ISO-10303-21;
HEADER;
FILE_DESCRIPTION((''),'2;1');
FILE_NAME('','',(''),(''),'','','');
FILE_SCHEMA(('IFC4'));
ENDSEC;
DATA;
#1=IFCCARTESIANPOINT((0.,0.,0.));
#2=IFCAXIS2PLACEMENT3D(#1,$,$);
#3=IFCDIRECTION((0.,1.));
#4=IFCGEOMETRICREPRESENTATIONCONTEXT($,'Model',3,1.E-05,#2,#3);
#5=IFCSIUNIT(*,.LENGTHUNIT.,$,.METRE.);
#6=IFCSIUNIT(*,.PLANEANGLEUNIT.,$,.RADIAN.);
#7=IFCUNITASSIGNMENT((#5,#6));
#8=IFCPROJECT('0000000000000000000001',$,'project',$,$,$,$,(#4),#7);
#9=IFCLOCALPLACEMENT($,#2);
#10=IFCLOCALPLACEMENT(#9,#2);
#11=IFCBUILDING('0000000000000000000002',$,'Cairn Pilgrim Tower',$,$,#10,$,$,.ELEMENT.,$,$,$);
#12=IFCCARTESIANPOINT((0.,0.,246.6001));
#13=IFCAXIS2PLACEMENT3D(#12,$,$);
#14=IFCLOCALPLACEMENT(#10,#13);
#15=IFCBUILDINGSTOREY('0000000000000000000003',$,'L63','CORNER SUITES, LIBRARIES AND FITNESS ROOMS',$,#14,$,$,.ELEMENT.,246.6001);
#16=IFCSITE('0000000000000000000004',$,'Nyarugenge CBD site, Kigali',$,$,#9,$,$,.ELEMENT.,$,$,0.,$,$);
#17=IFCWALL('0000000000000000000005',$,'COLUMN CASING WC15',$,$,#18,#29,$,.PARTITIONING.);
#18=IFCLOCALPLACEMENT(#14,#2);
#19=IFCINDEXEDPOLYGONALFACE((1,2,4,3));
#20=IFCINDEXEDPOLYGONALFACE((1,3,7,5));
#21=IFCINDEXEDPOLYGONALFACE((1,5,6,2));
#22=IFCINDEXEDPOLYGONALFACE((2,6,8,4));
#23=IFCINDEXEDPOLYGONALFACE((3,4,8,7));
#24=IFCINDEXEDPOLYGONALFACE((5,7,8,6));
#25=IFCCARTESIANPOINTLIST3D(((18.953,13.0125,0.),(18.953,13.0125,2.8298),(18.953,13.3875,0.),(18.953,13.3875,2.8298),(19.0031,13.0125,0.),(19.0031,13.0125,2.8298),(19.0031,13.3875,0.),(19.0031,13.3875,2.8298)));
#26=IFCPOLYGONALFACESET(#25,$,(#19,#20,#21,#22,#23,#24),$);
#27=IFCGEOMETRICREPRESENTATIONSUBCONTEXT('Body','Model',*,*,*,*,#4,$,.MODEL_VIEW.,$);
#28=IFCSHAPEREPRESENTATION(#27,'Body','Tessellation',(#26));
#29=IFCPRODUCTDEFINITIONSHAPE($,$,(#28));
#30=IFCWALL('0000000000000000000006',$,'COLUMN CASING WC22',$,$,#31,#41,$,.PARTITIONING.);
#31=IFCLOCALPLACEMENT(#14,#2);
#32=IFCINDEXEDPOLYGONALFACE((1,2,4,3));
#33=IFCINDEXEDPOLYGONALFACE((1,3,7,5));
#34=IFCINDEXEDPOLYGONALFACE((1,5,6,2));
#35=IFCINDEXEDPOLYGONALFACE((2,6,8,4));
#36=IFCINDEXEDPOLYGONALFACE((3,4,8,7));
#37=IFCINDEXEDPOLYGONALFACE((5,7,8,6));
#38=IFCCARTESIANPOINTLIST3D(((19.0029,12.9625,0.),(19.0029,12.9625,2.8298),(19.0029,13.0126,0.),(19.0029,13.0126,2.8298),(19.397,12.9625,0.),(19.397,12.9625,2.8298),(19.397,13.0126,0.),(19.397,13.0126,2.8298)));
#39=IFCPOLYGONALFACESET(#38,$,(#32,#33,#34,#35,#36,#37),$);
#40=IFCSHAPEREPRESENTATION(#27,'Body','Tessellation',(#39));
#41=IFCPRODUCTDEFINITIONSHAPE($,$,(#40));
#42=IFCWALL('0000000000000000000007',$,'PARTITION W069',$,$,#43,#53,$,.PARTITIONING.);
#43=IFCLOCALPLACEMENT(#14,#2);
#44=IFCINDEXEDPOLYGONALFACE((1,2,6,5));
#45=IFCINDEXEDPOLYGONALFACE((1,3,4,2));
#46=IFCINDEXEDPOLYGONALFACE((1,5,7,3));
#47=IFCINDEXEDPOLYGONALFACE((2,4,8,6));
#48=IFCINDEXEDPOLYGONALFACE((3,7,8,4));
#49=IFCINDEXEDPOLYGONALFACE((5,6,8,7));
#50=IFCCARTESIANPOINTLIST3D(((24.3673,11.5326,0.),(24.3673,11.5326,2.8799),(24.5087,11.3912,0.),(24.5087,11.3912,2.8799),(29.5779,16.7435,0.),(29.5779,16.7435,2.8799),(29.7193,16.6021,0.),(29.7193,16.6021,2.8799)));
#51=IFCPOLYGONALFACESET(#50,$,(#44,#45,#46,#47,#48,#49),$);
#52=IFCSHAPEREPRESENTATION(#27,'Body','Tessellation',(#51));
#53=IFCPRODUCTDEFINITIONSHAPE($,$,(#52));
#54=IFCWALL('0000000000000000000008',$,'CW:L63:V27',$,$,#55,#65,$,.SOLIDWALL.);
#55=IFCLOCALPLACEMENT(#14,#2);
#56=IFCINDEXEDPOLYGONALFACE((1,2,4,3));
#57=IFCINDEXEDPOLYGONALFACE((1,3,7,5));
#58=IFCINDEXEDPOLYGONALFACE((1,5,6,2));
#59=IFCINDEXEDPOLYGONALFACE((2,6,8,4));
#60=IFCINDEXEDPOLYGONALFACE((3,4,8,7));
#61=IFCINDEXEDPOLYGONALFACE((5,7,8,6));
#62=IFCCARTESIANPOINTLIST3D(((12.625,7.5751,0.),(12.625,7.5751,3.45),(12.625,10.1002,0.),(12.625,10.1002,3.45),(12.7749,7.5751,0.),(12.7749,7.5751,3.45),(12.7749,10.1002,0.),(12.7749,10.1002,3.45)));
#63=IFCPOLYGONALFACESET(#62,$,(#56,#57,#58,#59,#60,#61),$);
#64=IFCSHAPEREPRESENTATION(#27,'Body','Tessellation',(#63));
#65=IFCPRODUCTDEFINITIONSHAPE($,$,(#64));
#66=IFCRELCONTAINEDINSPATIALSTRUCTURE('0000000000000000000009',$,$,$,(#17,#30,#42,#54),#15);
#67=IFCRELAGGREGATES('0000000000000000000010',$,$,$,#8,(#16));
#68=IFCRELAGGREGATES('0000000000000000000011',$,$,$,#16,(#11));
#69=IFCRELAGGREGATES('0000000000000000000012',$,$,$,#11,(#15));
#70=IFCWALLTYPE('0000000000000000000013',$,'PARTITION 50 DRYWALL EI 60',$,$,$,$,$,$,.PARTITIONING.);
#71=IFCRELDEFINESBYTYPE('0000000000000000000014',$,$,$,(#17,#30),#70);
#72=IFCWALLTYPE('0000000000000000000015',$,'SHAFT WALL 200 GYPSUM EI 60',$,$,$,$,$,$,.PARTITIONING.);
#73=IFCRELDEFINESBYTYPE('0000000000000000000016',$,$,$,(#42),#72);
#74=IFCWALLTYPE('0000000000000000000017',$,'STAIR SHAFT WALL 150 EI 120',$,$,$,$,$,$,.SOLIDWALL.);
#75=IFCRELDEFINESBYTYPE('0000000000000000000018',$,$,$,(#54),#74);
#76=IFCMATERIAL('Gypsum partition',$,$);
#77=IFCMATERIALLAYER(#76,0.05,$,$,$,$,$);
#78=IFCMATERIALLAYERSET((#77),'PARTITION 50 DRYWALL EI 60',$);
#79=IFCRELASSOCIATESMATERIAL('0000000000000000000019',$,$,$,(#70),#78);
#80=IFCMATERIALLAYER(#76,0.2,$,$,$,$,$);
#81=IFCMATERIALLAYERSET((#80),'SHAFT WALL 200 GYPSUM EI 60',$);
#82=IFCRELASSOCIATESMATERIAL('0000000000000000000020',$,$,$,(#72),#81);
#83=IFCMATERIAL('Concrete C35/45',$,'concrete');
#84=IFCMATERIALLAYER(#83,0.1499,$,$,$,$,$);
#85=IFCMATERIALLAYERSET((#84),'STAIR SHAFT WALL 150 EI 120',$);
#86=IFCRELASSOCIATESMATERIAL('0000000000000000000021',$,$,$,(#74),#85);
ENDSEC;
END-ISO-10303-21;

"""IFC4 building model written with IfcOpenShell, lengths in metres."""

from ifc_helpers import new_model, si_unit, direction, frame, frame_2d, origin, place, context, subcontext, project, spatial, rectangle, extrude, material, layer, layer_set, type_object, element, save


model = new_model("IFC4")

# Units and contexts
model_context = context("Model", 3, precision=1e-05, world=origin(), true_north=direction((0.0, 1.0)))
body_context = subcontext(model_context, "Body", "Model", "MODEL_VIEW")
ifc_project = project(units=[si_unit("LENGTHUNIT", "METRE"), si_unit("PLANEANGLEUNIT", "RADIAN")], contexts=[model_context])

# Site, building, storey
site_placement = place(None, origin())
site = spatial("IfcSite", under=ifc_project, at=site_placement, Name="Nyarugenge CBD site, Kigali", CompositionType="ELEMENT", RefElevation=0.0)
building_placement = place(site_placement, origin())
building = spatial("IfcBuilding", under=site, at=building_placement, Name="Cairn Pilgrim Tower", CompositionType="ELEMENT")
storey_placement = place(building_placement, frame((0.0, 0.0, 246.6001)))
storey = spatial("IfcBuildingStorey", under=building, at=storey_placement, Name="L63", Description="CORNER SUITES, LIBRARIES AND FITNESS ROOMS", CompositionType="ELEMENT", Elevation=246.6001)

# Shared definitions
ifc_material_1 = material(Name="Gypsum partition")

# Walls
ifc_layer_1 = layer(ifc_material_1, 0.05)
ifc_layer_set_1 = layer_set([ifc_layer_1], Name="PARTITION 50 DRYWALL EI 60")
wall_type_1 = type_object("IfcWallType", Name="PARTITION 50 DRYWALL EI 60", PredefinedType="PARTITIONING", material=ifc_layer_set_1)
wall_1_placement = place(storey_placement, frame((18.978, 13.0125, 0.0), z_axis=(0.0, 0.0, 1.0), x_axis=(0.0, 1.0, 0.0)))
element("IfcWall", 1, at=wall_1_placement, inside=storey, type_object=wall_type_1, Name="COLUMN CASING WC15", PredefinedType="PARTITIONING", context=body_context, shape_type="SweptSolid", body=[
    extrude(rectangle(XDim=0.375, YDim=0.05, at=frame_2d((0.1875, 0.0))), origin(), (0.0, 0.0, 1.0), 2.8298),
])
wall_2_placement = place(storey_placement, frame((19.0029, 12.9875, 0.0), z_axis=(0.0, 0.0, 1.0), x_axis=(1.0, 0.0, 0.0)))
element("IfcWall", 2, at=wall_2_placement, inside=storey, type_object=wall_type_1, Name="COLUMN CASING WC22", PredefinedType="PARTITIONING", context=body_context, shape_type="SweptSolid", body=[
    extrude(rectangle(XDim=0.394, YDim=0.05, at=frame_2d((0.197, 0.0))), origin(), (0.0, 0.0, 1.0), 2.8298),
])
ifc_layer_2 = layer(ifc_material_1, 0.2)
ifc_layer_set_2 = layer_set([ifc_layer_2], Name="SHAFT WALL 200 GYPSUM EI 60")
wall_type_2 = type_object("IfcWallType", Name="SHAFT WALL 200 GYPSUM EI 60", PredefinedType="PARTITIONING", material=ifc_layer_set_2)
wall_3_placement = place(storey_placement, frame((24.438, 11.4619, 0.0), z_axis=(0.0, 0.0, 1.0), x_axis=(0.70709, 0.707123, 0.0)))
element("IfcWall", 3, at=wall_3_placement, inside=storey, type_object=wall_type_2, Name="PARTITION W069", PredefinedType="PARTITIONING", context=body_context, shape_type="SweptSolid", body=[
    extrude(rectangle(XDim=7.3691, YDim=0.2, at=frame_2d((3.6846, 0.0))), origin(), (0.0, 0.0, 1.0), 2.8799),
])
ifc_material_2 = material(Name="Concrete C35/45", Category="concrete")
ifc_layer_3 = layer(ifc_material_2, 0.1499)
ifc_layer_set_3 = layer_set([ifc_layer_3], Name="STAIR SHAFT WALL 150 EI 120")
wall_type_3 = type_object("IfcWallType", Name="STAIR SHAFT WALL 150 EI 120", PredefinedType="SOLIDWALL", material=ifc_layer_set_3)
wall_4_placement = place(storey_placement, frame((12.7, 7.575, 0.0), z_axis=(0.0, 0.0, 1.0), x_axis=(0.0, 1.0, 0.0)))
element("IfcWall", 4, at=wall_4_placement, inside=storey, type_object=wall_type_3, Name="CW:L63:V27", PredefinedType="SOLIDWALL", context=body_context, shape_type="SweptSolid", body=[
    extrude(rectangle(XDim=2.5251, YDim=0.1499, at=frame_2d((1.2627, 0.0))), origin(), (0.0, 0.0, 1.0), 3.45),
])

save(model, "model.ifc")
